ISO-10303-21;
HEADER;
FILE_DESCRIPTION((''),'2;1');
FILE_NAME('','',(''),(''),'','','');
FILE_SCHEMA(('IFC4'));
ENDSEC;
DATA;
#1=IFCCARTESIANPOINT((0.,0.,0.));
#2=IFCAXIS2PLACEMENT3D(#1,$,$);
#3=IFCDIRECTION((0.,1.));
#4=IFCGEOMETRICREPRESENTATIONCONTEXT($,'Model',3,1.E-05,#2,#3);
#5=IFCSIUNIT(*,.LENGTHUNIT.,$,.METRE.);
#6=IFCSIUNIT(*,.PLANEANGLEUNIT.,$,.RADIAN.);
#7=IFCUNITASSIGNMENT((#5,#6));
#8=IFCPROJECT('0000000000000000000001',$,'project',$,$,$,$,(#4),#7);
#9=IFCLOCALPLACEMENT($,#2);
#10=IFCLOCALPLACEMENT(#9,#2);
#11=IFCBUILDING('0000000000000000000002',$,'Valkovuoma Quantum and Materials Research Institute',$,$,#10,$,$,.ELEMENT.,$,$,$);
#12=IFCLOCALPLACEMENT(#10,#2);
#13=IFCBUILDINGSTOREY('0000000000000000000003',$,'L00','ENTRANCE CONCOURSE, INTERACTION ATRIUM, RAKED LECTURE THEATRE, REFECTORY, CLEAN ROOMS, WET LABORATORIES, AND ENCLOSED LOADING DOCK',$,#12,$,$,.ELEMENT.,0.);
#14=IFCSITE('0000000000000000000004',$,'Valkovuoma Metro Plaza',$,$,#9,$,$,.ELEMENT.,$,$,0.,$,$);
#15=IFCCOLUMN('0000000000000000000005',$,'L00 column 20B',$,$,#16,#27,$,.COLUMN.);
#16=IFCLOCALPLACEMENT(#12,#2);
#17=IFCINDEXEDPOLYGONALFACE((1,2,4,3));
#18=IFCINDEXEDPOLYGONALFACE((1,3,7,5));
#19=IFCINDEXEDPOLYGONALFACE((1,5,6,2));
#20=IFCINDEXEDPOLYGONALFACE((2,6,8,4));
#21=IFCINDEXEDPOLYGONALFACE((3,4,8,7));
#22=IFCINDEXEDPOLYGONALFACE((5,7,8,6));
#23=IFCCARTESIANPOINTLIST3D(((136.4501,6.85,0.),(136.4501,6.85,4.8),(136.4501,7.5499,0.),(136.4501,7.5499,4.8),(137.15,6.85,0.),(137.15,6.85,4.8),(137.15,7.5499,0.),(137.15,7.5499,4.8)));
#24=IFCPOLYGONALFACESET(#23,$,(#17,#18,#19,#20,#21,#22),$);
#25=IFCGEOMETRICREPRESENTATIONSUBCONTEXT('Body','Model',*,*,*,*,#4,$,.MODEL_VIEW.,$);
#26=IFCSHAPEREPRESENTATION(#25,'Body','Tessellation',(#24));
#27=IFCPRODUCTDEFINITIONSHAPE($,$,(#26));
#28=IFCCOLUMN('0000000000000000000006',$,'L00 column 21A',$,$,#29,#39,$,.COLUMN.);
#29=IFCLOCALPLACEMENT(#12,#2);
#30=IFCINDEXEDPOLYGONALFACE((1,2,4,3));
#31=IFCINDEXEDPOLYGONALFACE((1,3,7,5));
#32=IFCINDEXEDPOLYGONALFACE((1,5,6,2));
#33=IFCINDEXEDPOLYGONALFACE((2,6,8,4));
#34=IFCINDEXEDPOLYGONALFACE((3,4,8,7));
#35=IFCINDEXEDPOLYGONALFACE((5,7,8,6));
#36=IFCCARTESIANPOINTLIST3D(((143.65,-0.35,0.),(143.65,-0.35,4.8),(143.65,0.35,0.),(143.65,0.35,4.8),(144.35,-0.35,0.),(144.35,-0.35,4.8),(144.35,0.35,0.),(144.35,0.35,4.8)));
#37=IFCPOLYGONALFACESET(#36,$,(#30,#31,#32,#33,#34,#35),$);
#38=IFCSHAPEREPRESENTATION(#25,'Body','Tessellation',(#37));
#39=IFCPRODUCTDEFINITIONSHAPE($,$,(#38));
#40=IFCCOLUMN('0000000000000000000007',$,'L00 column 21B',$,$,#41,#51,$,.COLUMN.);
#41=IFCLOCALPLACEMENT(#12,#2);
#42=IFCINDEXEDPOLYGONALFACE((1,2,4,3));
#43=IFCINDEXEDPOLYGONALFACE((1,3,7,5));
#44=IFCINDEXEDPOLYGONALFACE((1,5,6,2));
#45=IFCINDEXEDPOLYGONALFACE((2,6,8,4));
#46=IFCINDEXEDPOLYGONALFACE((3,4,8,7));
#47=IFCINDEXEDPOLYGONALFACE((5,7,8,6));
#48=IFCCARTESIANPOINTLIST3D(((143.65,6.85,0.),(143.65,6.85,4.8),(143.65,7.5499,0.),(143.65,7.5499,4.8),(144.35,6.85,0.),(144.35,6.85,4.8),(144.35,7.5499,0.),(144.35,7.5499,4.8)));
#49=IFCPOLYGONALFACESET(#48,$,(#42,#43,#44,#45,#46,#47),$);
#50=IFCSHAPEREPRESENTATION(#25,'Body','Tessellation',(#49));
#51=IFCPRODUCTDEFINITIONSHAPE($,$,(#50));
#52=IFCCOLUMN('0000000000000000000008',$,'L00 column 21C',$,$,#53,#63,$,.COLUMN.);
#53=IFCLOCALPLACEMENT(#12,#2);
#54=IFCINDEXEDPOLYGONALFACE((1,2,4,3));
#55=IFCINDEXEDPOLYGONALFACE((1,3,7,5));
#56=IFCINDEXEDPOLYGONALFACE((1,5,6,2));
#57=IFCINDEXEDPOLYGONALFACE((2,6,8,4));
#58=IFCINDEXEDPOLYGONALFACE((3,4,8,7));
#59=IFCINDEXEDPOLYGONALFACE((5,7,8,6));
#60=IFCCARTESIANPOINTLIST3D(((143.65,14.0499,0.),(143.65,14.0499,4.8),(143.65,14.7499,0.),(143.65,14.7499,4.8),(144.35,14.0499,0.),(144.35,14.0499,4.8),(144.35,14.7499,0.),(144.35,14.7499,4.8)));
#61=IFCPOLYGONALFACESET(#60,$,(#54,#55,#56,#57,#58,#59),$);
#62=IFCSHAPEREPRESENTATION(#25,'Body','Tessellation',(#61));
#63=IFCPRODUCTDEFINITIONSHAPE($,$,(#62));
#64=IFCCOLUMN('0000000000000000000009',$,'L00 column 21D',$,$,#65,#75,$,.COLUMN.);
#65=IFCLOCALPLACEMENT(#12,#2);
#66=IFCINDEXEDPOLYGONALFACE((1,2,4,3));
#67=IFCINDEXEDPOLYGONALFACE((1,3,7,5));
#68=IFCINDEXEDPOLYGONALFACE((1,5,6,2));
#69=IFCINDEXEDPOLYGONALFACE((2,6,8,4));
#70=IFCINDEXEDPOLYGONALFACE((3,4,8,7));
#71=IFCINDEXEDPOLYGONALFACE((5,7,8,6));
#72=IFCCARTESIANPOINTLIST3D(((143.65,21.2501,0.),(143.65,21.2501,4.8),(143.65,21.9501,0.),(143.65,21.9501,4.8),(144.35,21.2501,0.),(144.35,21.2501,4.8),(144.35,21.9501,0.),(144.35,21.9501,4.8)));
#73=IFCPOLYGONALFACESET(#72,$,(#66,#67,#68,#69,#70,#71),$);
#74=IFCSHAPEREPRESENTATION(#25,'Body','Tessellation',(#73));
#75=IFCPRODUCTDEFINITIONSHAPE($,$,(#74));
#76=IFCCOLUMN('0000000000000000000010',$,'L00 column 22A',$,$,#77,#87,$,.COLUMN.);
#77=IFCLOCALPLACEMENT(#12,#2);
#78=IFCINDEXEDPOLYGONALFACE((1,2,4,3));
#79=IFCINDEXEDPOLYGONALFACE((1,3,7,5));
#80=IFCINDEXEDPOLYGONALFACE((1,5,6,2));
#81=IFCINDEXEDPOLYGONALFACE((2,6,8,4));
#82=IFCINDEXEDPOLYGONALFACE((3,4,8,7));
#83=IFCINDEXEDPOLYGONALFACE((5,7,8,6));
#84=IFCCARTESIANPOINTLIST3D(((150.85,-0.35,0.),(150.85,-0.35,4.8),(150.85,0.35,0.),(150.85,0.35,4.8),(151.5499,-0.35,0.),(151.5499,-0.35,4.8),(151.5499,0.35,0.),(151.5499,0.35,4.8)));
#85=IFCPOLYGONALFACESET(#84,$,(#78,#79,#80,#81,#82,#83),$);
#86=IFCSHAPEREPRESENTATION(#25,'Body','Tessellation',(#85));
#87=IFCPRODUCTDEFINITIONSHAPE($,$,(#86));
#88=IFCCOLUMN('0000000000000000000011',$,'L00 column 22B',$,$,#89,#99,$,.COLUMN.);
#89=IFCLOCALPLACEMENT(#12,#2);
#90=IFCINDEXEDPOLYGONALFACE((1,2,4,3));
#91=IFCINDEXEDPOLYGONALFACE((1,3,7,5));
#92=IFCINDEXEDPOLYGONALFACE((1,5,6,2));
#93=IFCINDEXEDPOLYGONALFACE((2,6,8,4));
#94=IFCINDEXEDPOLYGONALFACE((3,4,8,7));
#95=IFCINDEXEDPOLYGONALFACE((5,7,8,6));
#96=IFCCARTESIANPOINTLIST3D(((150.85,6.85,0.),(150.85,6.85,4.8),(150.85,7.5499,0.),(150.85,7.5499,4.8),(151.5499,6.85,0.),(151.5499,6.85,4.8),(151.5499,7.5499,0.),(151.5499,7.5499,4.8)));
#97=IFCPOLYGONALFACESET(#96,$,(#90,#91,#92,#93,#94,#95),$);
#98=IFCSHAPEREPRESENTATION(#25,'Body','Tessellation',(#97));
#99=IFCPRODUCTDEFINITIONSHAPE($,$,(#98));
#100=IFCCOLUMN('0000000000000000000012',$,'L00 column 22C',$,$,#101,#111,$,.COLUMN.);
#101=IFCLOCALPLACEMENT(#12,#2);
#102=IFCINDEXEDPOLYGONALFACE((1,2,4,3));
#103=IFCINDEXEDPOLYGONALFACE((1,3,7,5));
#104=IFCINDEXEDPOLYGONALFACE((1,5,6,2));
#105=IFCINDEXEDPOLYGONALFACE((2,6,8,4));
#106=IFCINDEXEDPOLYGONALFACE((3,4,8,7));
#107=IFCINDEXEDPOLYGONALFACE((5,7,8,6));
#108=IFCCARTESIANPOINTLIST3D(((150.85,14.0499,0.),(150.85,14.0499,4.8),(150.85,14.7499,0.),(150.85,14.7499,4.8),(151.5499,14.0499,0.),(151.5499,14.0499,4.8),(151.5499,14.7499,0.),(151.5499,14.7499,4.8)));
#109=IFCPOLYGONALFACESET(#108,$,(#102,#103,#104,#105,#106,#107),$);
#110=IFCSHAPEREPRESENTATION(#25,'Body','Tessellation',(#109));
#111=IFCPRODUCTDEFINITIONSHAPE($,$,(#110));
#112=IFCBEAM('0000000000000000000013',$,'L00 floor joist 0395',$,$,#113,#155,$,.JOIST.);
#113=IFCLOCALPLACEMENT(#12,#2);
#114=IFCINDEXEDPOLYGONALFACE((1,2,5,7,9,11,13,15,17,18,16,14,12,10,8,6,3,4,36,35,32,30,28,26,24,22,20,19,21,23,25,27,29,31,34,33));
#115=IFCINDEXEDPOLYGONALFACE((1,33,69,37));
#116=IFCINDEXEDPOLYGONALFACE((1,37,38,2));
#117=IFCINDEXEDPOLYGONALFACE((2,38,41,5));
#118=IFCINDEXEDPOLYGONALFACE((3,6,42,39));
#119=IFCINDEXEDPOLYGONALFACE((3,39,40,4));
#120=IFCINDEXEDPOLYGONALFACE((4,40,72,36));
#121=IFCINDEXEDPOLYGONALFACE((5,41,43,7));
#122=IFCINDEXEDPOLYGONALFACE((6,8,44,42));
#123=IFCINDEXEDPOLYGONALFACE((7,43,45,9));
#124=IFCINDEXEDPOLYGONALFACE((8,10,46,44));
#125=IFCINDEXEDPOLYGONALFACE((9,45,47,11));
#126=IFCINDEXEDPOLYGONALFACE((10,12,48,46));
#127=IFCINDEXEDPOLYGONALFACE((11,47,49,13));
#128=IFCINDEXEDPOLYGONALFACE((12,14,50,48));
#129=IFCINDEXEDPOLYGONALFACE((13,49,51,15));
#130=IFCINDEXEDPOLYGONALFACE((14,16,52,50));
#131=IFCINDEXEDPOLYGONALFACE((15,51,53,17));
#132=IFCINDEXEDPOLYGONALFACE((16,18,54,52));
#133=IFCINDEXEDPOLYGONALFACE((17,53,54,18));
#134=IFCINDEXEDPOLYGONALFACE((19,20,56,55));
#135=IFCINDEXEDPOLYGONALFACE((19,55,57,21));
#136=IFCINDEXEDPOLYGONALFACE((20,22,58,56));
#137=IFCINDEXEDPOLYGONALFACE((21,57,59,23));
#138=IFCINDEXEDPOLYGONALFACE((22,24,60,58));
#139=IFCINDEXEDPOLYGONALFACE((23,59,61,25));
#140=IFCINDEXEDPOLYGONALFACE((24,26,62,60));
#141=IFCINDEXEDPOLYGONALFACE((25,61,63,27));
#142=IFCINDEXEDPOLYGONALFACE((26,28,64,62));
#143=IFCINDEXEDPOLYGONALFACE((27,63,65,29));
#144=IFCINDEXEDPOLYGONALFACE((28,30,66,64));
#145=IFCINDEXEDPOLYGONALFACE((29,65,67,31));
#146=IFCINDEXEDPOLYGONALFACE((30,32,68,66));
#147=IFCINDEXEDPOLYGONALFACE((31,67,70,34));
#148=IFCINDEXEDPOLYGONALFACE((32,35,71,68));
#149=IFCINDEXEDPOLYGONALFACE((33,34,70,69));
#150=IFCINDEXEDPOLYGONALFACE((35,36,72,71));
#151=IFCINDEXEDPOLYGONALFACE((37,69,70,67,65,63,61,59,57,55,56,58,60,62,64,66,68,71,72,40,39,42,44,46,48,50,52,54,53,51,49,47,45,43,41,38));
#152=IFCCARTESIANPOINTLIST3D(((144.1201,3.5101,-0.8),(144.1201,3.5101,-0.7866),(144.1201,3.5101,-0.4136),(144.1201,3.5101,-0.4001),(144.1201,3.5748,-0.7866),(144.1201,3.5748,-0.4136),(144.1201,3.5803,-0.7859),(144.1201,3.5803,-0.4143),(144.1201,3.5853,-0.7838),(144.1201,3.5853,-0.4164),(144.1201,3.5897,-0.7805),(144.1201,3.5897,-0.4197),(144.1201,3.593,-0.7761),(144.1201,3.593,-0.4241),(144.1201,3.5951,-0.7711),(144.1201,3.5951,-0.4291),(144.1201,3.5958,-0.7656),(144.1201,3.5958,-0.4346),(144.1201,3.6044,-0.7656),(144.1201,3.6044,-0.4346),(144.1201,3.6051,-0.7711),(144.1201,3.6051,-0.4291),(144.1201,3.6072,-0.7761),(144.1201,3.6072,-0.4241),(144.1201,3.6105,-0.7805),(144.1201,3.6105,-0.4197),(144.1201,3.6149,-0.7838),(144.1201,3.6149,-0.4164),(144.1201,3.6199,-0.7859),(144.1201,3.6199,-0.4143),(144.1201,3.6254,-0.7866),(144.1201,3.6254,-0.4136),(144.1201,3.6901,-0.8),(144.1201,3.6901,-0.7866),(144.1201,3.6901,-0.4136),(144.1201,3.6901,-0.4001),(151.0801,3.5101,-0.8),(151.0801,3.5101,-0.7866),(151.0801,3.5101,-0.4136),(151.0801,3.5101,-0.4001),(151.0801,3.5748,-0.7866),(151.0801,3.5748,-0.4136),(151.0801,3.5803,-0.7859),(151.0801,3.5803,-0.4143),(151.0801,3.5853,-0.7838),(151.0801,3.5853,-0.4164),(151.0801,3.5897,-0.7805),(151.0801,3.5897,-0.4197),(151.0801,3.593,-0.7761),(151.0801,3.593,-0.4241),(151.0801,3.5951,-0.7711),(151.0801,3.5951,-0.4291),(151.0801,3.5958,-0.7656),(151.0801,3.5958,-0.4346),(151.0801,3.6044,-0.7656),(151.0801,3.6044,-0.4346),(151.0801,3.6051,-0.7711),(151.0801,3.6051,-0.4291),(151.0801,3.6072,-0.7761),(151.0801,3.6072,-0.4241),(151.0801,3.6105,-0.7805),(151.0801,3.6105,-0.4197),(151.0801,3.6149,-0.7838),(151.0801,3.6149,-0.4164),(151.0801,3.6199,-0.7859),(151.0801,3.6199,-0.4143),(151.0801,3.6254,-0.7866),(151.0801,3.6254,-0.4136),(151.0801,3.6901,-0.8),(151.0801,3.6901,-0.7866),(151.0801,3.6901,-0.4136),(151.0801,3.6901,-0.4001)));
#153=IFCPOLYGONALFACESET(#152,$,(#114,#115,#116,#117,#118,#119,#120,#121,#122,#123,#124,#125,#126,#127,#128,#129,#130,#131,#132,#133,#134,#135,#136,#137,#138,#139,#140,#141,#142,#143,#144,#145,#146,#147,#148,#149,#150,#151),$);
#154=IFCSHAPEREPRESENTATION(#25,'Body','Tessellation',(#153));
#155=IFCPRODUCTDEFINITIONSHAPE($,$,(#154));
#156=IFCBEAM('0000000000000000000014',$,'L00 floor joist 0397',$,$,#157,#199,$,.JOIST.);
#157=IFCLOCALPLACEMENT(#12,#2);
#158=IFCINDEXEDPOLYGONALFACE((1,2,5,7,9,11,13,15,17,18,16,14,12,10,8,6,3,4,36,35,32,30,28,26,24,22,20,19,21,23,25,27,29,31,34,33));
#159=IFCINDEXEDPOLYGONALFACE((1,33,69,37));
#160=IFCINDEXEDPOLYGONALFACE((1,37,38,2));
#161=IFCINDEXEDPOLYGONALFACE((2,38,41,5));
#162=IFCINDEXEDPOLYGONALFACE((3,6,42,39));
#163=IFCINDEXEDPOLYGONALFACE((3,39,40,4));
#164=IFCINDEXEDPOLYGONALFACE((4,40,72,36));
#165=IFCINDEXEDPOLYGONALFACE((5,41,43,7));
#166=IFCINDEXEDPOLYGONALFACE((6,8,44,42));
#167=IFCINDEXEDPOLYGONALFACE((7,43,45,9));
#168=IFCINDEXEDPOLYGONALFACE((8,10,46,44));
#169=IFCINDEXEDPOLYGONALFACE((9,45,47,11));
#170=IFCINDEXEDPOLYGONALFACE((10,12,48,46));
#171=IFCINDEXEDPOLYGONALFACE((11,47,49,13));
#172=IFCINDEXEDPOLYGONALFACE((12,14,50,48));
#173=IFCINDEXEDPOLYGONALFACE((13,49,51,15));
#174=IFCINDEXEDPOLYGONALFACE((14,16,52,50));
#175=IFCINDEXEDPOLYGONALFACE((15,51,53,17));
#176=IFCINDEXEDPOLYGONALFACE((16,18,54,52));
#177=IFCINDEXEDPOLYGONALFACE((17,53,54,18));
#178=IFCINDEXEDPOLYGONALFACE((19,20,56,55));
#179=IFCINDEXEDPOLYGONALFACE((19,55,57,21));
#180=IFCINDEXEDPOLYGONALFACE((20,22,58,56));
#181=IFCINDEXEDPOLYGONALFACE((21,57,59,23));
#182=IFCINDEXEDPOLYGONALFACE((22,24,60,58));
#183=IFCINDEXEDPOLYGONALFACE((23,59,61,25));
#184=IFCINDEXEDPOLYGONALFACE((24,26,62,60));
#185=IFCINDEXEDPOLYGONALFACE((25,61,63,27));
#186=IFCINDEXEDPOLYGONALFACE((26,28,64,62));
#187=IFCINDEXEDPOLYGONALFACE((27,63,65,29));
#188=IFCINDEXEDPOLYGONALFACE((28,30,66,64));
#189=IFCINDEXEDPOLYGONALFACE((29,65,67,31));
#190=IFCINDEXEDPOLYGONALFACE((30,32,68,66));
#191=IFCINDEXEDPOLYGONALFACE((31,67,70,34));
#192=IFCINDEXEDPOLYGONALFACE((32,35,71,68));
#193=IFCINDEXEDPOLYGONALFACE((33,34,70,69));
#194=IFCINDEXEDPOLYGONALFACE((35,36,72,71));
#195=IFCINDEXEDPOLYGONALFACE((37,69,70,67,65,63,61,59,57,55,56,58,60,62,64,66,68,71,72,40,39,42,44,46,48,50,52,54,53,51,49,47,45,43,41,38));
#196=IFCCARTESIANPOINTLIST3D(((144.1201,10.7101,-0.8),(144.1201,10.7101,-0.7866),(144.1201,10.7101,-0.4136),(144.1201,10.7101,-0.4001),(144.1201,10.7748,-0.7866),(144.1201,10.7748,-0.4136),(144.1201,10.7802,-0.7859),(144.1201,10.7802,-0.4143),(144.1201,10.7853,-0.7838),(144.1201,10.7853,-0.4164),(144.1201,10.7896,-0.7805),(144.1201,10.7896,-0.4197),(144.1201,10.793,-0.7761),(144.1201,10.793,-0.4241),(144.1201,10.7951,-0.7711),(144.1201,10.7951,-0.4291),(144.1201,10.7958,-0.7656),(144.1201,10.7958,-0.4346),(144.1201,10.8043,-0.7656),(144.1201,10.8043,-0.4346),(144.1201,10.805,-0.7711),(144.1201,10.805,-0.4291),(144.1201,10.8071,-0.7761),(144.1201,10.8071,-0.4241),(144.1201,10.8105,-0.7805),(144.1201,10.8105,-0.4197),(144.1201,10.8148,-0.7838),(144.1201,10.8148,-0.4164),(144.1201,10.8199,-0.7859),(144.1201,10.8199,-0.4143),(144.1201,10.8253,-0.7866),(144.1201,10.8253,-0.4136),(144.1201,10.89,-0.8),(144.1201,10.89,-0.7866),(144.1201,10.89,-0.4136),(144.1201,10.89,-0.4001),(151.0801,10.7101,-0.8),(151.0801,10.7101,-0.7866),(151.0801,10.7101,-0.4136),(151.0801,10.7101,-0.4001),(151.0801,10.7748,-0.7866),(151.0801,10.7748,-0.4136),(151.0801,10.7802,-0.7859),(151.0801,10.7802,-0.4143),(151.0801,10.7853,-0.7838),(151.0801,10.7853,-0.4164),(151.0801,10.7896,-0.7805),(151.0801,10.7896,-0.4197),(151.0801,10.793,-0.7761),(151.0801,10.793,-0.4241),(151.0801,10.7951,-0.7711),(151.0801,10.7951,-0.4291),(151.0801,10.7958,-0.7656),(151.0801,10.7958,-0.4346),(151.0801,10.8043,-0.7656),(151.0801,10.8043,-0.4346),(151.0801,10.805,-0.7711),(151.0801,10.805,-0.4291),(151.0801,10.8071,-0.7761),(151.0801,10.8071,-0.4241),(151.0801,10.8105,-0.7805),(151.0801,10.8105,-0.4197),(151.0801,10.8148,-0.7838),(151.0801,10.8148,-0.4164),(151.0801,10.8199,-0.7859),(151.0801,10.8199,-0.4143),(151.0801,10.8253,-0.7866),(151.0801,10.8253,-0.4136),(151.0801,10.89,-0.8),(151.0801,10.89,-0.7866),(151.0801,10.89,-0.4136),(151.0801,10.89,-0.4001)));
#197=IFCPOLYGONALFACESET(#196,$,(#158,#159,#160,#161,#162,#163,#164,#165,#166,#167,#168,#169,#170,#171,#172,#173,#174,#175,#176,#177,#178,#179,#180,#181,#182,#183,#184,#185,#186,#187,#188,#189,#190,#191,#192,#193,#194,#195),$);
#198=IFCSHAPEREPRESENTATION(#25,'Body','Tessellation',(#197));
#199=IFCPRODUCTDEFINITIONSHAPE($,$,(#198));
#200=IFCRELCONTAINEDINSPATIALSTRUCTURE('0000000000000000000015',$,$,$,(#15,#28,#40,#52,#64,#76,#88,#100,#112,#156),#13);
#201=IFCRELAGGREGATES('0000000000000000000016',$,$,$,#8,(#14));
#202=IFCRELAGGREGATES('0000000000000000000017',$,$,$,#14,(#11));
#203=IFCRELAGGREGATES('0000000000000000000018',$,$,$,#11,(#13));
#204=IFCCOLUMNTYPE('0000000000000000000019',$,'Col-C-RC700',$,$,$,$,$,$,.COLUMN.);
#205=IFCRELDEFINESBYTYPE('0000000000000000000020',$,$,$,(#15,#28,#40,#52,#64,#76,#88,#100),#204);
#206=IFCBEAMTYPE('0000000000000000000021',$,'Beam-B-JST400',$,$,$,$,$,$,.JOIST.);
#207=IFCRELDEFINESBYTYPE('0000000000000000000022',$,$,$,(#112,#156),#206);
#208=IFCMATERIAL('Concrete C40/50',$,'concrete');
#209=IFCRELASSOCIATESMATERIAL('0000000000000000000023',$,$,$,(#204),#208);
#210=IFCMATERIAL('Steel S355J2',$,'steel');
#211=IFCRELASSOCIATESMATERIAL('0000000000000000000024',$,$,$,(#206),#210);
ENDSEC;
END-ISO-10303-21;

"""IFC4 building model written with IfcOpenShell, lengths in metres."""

from ifc_helpers import new_model, si_unit, direction, frame, origin, origin_2d, place, context, subcontext, project, spatial, rectangle, i_section, extrude, material, material_profile, profile_set, type_object, element, save


model = new_model("IFC4")

# Units and contexts
model_context = context("Model", 3, precision=1e-05, world=origin(), true_north=direction((0.0, 1.0)))
body_context = subcontext(model_context, "Body", "Model", "MODEL_VIEW")
ifc_project = project(units=[si_unit("LENGTHUNIT", "METRE"), si_unit("PLANEANGLEUNIT", "RADIAN")], contexts=[model_context])

# Site, building, storey
site_placement = place(None, origin())
site = spatial("IfcSite", under=ifc_project, at=site_placement, Name="Valkovuoma Metro Plaza", CompositionType="ELEMENT", RefElevation=0.0)
building_placement = place(site_placement, origin())
building = spatial("IfcBuilding", under=site, at=building_placement, Name="Valkovuoma Quantum and Materials Research Institute", CompositionType="ELEMENT")
storey_placement = place(building_placement, origin())
storey = spatial("IfcBuildingStorey", under=building, at=storey_placement, Name="L00", Description="ENTRANCE CONCOURSE, INTERACTION ATRIUM, RAKED LECTURE THEATRE, REFECTORY, CLEAN ROOMS, WET LABORATORIES, AND ENCLOSED LOADING DOCK", CompositionType="ELEMENT", Elevation=0.0)

# Columns
ifc_material_1 = material(Name="Concrete C40/50", Category="concrete")
ifc_material_profile_1 = material_profile(ifc_material_1, rectangle(XDim=0.7, YDim=0.7, at=origin_2d()), Name="Concrete C40/50")
ifc_profile_set_1 = profile_set([ifc_material_profile_1], Name="Concrete C40/50")
column_type = type_object("IfcColumnType", Name="Col-C-RC700", PredefinedType="COLUMN", material=ifc_profile_set_1)
for number, where, z_axis, x_axis, name in (
    (1, (136.8, 7.2, 0.0), (0.0, 0.0, 1.0), (1.0, 0.0, 0.0), "L00 column 20B"),
    (2, (144.0, 0.0, 0.0), (0.0, 0.0, 1.0), (1.0, 0.0, 0.0), "L00 column 21A"),
    (3, (144.0, 7.2, 0.0), (0.0, 0.0, 1.0), (1.0, 0.0, 0.0), "L00 column 21B"),
    (4, (144.0, 14.3999, 0.0), (0.0, 0.0, 1.0), (1.0, 0.0, 0.0), "L00 column 21C"),
    (5, (144.0, 21.6001, 0.0), (0.0, 0.0, 1.0), (1.0, 0.0, 0.0), "L00 column 21D"),
    (6, (151.2, 0.0, 0.0), (0.0, 0.0, 1.0), (1.0, 0.0, 0.0), "L00 column 22A"),
    (7, (151.2, 7.2, 0.0), (0.0, 0.0, 1.0), (1.0, 0.0, 0.0), "L00 column 22B"),
    (8, (151.2, 14.3999, 0.0), (0.0, 0.0, 1.0), (1.0, 0.0, 0.0), "L00 column 22C"),
):
    element("IfcColumn", number, at=place(storey_placement, frame(where, z_axis=z_axis, x_axis=x_axis)), inside=storey, type_object=column_type, Name=name, PredefinedType="COLUMN", context=body_context, shape_type="SweptSolid", body=[
        extrude(rectangle(XDim=0.7, YDim=0.7, at=origin_2d()), origin(), (0.0, 0.0, 1.0), 4.8),
    ])

# Beams
ifc_material_2 = material(Name="Steel S355J2", Category="steel")
ifc_material_profile_2 = material_profile(ifc_material_2, i_section(OverallWidth=0.1799, OverallDepth=0.3999, WebThickness=0.0085, FlangeThickness=0.0134, FilletRadius=0.021, at=origin_2d()), Name="Steel S355J2")
ifc_profile_set_2 = profile_set([ifc_material_profile_2], Name="Steel S355J2")
beam_type_1 = type_object("IfcBeamType", Name="Beam-B-JST400", PredefinedType="JOIST", material=ifc_profile_set_2)
for number, where, z_axis, x_axis, name in (
    (9, (144.1201, 3.6001, -0.6001), (1.0, 0.0, 0.0), (0.0, 1.0, 0.0), "L00 floor joist 0395"),
    (10, (144.1201, 10.8, -0.6001), (1.0, 0.0, 0.0), (0.0, 1.0, 0.0), "L00 floor joist 0397"),
):
    element("IfcBeam", number, at=place(storey_placement, frame(where, z_axis=z_axis, x_axis=x_axis)), inside=storey, type_object=beam_type_1, Name=name, PredefinedType="JOIST", context=body_context, shape_type="SweptSolid", body=[
        extrude(i_section(OverallWidth=0.1799, OverallDepth=0.3999, WebThickness=0.0085, FlangeThickness=0.0134, FilletRadius=0.021, at=origin_2d()), origin(), (0.0, 0.0, 1.0), 6.96),
    ])

save(model, "model.ifc")
